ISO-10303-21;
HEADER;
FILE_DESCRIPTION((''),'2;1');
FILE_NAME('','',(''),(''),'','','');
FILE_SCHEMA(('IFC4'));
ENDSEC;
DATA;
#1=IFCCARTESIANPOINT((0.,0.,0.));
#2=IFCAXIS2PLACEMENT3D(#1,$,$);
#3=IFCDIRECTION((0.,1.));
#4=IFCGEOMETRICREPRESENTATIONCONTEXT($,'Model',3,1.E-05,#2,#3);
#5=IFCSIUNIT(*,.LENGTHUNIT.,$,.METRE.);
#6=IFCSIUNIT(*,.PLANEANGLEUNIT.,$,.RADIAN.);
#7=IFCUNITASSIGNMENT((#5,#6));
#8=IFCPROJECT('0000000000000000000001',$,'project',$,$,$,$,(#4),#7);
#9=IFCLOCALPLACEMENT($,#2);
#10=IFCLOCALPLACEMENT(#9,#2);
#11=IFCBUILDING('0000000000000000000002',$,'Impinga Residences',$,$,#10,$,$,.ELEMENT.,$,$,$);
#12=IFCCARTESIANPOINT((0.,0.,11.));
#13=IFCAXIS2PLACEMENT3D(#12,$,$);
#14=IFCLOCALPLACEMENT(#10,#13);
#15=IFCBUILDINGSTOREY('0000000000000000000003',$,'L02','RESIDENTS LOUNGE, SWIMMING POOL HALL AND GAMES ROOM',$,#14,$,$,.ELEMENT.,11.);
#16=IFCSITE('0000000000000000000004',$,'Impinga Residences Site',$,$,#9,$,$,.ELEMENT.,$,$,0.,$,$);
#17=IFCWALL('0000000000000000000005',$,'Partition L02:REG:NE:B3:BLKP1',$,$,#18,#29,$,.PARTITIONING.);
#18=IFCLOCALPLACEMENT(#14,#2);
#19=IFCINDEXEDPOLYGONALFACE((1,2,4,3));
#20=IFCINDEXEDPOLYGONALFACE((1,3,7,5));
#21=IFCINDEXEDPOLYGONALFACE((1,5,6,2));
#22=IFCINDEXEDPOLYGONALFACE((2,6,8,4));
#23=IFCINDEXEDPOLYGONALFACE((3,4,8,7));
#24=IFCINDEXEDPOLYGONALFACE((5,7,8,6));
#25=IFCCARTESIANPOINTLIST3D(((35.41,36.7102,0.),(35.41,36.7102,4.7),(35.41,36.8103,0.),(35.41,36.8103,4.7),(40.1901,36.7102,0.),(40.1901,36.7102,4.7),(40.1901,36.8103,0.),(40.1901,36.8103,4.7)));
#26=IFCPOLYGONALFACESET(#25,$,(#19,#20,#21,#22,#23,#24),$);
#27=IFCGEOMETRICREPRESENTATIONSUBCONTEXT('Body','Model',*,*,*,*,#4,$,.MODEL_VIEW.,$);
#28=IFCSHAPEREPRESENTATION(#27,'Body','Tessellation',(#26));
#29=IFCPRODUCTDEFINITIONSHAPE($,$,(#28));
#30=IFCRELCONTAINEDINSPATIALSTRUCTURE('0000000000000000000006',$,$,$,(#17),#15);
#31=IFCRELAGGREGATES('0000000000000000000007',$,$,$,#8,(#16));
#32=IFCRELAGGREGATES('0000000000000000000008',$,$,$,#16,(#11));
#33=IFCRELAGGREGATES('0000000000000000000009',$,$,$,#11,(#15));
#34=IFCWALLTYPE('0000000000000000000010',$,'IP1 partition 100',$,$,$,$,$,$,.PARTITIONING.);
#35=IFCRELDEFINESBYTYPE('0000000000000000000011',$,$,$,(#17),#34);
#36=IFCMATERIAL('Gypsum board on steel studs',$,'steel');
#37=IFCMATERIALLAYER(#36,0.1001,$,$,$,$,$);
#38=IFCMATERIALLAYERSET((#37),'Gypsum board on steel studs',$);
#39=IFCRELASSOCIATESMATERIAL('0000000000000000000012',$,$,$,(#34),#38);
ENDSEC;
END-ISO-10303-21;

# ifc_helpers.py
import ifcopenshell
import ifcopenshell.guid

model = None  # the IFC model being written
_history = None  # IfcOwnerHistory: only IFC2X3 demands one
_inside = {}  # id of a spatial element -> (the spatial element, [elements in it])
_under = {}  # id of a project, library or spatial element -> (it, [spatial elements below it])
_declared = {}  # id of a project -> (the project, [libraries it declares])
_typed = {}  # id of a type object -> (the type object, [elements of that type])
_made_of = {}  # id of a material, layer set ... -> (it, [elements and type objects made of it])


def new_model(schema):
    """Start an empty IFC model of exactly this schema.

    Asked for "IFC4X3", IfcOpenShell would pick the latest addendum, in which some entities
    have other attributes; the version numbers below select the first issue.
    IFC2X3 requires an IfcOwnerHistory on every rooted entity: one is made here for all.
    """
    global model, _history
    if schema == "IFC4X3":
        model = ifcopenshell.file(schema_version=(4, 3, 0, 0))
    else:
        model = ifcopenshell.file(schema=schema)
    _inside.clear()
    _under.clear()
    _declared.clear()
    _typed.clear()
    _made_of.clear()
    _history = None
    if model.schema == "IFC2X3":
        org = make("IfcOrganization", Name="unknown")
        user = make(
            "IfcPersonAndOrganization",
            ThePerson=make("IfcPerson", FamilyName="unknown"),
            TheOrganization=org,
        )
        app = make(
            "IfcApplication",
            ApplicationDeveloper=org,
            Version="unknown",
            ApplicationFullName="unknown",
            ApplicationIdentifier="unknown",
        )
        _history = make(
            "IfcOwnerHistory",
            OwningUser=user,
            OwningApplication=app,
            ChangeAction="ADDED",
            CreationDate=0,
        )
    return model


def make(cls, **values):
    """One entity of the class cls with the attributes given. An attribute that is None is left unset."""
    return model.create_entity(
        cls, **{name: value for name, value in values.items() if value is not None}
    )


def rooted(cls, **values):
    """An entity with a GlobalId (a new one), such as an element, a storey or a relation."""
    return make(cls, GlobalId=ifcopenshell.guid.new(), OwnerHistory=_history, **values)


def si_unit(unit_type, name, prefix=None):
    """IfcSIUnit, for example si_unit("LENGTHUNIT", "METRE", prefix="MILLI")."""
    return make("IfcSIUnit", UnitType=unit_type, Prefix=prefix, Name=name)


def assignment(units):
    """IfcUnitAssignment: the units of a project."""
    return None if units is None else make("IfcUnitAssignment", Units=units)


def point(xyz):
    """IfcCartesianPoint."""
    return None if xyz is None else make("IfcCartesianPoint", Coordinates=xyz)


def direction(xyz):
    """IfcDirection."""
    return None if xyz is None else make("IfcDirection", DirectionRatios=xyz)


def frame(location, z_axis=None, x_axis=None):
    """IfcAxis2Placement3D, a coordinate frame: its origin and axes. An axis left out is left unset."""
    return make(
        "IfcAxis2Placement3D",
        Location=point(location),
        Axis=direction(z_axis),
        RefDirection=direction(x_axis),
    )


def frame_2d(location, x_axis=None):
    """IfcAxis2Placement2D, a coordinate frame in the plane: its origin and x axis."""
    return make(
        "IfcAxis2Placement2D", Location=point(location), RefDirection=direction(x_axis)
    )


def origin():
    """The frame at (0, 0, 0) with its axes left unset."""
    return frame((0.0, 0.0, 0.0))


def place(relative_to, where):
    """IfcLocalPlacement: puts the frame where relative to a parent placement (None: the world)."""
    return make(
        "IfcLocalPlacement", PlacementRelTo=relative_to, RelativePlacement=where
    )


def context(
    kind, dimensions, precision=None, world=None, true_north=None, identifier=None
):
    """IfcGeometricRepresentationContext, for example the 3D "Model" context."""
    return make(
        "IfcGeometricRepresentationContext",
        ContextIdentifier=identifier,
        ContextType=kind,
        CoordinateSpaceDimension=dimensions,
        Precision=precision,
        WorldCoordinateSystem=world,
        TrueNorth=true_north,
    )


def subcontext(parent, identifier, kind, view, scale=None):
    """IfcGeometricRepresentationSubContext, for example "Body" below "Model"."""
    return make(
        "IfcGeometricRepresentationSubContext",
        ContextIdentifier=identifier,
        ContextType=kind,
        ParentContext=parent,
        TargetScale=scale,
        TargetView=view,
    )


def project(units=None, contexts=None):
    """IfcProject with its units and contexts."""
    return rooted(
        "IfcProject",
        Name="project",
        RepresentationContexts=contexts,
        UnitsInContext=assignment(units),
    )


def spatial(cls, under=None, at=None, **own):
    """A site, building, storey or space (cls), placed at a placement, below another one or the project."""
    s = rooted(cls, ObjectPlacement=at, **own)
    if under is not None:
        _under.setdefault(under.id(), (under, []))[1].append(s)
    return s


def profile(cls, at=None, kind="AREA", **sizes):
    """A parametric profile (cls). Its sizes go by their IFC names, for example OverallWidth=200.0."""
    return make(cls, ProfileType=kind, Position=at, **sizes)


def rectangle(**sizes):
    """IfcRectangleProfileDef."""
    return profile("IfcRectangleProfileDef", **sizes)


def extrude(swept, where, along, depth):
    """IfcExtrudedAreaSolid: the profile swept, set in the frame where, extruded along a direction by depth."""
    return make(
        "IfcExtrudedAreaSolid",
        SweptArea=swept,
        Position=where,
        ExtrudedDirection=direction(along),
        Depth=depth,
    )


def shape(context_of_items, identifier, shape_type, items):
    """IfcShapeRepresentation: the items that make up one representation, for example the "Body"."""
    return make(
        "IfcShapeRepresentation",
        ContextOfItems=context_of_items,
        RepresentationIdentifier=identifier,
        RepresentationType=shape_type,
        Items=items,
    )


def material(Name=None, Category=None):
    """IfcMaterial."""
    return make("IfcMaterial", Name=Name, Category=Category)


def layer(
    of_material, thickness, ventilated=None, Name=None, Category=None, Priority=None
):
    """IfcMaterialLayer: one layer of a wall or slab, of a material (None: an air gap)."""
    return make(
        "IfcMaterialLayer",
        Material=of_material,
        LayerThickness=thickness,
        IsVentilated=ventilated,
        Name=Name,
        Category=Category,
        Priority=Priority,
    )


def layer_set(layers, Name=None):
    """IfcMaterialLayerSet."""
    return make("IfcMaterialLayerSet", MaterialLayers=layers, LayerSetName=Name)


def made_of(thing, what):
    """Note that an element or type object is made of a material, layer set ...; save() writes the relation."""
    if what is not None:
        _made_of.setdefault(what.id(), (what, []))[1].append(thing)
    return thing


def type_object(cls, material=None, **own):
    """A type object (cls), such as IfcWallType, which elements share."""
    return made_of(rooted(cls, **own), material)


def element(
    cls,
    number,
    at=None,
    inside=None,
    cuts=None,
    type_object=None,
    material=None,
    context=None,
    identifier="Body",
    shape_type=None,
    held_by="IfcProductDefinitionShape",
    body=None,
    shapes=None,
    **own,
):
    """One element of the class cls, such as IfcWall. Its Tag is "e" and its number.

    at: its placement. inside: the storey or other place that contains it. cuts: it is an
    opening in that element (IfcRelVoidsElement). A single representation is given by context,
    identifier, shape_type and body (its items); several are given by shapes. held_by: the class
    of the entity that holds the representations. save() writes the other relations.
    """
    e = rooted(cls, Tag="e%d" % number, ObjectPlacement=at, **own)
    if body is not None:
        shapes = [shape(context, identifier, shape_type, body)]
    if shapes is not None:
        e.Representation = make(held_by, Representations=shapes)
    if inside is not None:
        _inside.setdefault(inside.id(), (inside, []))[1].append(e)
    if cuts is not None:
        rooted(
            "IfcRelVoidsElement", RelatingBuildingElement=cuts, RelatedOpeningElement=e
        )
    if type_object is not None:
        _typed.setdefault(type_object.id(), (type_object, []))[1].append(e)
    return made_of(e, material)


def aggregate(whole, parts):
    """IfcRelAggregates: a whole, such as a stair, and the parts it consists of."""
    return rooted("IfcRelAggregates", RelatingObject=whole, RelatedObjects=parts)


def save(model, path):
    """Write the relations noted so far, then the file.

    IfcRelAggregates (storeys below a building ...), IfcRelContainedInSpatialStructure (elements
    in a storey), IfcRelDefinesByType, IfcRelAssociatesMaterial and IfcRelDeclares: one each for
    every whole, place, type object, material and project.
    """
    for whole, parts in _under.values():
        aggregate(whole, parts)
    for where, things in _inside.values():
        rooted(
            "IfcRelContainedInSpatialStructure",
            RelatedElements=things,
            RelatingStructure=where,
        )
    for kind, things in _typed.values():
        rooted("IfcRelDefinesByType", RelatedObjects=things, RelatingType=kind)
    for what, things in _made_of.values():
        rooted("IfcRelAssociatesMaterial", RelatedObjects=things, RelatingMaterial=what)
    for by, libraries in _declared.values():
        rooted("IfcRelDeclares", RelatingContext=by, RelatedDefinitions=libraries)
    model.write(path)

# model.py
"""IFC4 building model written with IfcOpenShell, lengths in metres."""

from ifc_helpers import new_model, si_unit, direction, frame, frame_2d, origin, place, context, subcontext, project, spatial, rectangle, extrude, material, layer, layer_set, type_object, element, save


model = new_model("IFC4")

# Units and contexts
model_context = context("Model", 3, precision=1e-05, world=origin(), true_north=direction((0.0, 1.0)))
body_context = subcontext(model_context, "Body", "Model", "MODEL_VIEW")
ifc_project = project(units=[si_unit("LENGTHUNIT", "METRE"), si_unit("PLANEANGLEUNIT", "RADIAN")], contexts=[model_context])

# Site, building, storey
site_placement = place(None, origin())
site = spatial("IfcSite", under=ifc_project, at=site_placement, Name="Impinga Residences Site", CompositionType="ELEMENT", RefElevation=0.0)
building_placement = place(site_placement, origin())
building = spatial("IfcBuilding", under=site, at=building_placement, Name="Impinga Residences", CompositionType="ELEMENT")
storey_placement = place(building_placement, frame((0.0, 0.0, 11.0)))
storey = spatial("IfcBuildingStorey", under=building, at=storey_placement, Name="L02", Description="RESIDENTS LOUNGE, SWIMMING POOL HALL AND GAMES ROOM", CompositionType="ELEMENT", Elevation=11.0)

# Wall
ifc_material_1 = material(Name="Gypsum board on steel studs", Category="steel")
ifc_layer_1 = layer(ifc_material_1, 0.1001)
ifc_layer_set_1 = layer_set([ifc_layer_1], Name="Gypsum board on steel studs")
wall_type = type_object("IfcWallType", Name="IP1 partition 100", PredefinedType="PARTITIONING", material=ifc_layer_set_1)
for number, where, z_axis, x_axis, name in (
    (1, (35.4099, 36.7603, 0.0), (0.0, 0.0, 1.0), (1.0, 0.0, 0.0), "Partition L02:REG:NE:B3:BLKP1"),
):
    element("IfcWall", number, at=place(storey_placement, frame(where, z_axis=z_axis, x_axis=x_axis)), inside=storey, type_object=wall_type, Name=name, PredefinedType="PARTITIONING", context=body_context, shape_type="SweptSolid", body=[
        extrude(rectangle(XDim=4.78, YDim=0.1001, at=frame_2d((2.3901, 0.0))), origin(), (0.0, 0.0, 1.0), 4.7),
    ])

save(model, "model.ifc")
